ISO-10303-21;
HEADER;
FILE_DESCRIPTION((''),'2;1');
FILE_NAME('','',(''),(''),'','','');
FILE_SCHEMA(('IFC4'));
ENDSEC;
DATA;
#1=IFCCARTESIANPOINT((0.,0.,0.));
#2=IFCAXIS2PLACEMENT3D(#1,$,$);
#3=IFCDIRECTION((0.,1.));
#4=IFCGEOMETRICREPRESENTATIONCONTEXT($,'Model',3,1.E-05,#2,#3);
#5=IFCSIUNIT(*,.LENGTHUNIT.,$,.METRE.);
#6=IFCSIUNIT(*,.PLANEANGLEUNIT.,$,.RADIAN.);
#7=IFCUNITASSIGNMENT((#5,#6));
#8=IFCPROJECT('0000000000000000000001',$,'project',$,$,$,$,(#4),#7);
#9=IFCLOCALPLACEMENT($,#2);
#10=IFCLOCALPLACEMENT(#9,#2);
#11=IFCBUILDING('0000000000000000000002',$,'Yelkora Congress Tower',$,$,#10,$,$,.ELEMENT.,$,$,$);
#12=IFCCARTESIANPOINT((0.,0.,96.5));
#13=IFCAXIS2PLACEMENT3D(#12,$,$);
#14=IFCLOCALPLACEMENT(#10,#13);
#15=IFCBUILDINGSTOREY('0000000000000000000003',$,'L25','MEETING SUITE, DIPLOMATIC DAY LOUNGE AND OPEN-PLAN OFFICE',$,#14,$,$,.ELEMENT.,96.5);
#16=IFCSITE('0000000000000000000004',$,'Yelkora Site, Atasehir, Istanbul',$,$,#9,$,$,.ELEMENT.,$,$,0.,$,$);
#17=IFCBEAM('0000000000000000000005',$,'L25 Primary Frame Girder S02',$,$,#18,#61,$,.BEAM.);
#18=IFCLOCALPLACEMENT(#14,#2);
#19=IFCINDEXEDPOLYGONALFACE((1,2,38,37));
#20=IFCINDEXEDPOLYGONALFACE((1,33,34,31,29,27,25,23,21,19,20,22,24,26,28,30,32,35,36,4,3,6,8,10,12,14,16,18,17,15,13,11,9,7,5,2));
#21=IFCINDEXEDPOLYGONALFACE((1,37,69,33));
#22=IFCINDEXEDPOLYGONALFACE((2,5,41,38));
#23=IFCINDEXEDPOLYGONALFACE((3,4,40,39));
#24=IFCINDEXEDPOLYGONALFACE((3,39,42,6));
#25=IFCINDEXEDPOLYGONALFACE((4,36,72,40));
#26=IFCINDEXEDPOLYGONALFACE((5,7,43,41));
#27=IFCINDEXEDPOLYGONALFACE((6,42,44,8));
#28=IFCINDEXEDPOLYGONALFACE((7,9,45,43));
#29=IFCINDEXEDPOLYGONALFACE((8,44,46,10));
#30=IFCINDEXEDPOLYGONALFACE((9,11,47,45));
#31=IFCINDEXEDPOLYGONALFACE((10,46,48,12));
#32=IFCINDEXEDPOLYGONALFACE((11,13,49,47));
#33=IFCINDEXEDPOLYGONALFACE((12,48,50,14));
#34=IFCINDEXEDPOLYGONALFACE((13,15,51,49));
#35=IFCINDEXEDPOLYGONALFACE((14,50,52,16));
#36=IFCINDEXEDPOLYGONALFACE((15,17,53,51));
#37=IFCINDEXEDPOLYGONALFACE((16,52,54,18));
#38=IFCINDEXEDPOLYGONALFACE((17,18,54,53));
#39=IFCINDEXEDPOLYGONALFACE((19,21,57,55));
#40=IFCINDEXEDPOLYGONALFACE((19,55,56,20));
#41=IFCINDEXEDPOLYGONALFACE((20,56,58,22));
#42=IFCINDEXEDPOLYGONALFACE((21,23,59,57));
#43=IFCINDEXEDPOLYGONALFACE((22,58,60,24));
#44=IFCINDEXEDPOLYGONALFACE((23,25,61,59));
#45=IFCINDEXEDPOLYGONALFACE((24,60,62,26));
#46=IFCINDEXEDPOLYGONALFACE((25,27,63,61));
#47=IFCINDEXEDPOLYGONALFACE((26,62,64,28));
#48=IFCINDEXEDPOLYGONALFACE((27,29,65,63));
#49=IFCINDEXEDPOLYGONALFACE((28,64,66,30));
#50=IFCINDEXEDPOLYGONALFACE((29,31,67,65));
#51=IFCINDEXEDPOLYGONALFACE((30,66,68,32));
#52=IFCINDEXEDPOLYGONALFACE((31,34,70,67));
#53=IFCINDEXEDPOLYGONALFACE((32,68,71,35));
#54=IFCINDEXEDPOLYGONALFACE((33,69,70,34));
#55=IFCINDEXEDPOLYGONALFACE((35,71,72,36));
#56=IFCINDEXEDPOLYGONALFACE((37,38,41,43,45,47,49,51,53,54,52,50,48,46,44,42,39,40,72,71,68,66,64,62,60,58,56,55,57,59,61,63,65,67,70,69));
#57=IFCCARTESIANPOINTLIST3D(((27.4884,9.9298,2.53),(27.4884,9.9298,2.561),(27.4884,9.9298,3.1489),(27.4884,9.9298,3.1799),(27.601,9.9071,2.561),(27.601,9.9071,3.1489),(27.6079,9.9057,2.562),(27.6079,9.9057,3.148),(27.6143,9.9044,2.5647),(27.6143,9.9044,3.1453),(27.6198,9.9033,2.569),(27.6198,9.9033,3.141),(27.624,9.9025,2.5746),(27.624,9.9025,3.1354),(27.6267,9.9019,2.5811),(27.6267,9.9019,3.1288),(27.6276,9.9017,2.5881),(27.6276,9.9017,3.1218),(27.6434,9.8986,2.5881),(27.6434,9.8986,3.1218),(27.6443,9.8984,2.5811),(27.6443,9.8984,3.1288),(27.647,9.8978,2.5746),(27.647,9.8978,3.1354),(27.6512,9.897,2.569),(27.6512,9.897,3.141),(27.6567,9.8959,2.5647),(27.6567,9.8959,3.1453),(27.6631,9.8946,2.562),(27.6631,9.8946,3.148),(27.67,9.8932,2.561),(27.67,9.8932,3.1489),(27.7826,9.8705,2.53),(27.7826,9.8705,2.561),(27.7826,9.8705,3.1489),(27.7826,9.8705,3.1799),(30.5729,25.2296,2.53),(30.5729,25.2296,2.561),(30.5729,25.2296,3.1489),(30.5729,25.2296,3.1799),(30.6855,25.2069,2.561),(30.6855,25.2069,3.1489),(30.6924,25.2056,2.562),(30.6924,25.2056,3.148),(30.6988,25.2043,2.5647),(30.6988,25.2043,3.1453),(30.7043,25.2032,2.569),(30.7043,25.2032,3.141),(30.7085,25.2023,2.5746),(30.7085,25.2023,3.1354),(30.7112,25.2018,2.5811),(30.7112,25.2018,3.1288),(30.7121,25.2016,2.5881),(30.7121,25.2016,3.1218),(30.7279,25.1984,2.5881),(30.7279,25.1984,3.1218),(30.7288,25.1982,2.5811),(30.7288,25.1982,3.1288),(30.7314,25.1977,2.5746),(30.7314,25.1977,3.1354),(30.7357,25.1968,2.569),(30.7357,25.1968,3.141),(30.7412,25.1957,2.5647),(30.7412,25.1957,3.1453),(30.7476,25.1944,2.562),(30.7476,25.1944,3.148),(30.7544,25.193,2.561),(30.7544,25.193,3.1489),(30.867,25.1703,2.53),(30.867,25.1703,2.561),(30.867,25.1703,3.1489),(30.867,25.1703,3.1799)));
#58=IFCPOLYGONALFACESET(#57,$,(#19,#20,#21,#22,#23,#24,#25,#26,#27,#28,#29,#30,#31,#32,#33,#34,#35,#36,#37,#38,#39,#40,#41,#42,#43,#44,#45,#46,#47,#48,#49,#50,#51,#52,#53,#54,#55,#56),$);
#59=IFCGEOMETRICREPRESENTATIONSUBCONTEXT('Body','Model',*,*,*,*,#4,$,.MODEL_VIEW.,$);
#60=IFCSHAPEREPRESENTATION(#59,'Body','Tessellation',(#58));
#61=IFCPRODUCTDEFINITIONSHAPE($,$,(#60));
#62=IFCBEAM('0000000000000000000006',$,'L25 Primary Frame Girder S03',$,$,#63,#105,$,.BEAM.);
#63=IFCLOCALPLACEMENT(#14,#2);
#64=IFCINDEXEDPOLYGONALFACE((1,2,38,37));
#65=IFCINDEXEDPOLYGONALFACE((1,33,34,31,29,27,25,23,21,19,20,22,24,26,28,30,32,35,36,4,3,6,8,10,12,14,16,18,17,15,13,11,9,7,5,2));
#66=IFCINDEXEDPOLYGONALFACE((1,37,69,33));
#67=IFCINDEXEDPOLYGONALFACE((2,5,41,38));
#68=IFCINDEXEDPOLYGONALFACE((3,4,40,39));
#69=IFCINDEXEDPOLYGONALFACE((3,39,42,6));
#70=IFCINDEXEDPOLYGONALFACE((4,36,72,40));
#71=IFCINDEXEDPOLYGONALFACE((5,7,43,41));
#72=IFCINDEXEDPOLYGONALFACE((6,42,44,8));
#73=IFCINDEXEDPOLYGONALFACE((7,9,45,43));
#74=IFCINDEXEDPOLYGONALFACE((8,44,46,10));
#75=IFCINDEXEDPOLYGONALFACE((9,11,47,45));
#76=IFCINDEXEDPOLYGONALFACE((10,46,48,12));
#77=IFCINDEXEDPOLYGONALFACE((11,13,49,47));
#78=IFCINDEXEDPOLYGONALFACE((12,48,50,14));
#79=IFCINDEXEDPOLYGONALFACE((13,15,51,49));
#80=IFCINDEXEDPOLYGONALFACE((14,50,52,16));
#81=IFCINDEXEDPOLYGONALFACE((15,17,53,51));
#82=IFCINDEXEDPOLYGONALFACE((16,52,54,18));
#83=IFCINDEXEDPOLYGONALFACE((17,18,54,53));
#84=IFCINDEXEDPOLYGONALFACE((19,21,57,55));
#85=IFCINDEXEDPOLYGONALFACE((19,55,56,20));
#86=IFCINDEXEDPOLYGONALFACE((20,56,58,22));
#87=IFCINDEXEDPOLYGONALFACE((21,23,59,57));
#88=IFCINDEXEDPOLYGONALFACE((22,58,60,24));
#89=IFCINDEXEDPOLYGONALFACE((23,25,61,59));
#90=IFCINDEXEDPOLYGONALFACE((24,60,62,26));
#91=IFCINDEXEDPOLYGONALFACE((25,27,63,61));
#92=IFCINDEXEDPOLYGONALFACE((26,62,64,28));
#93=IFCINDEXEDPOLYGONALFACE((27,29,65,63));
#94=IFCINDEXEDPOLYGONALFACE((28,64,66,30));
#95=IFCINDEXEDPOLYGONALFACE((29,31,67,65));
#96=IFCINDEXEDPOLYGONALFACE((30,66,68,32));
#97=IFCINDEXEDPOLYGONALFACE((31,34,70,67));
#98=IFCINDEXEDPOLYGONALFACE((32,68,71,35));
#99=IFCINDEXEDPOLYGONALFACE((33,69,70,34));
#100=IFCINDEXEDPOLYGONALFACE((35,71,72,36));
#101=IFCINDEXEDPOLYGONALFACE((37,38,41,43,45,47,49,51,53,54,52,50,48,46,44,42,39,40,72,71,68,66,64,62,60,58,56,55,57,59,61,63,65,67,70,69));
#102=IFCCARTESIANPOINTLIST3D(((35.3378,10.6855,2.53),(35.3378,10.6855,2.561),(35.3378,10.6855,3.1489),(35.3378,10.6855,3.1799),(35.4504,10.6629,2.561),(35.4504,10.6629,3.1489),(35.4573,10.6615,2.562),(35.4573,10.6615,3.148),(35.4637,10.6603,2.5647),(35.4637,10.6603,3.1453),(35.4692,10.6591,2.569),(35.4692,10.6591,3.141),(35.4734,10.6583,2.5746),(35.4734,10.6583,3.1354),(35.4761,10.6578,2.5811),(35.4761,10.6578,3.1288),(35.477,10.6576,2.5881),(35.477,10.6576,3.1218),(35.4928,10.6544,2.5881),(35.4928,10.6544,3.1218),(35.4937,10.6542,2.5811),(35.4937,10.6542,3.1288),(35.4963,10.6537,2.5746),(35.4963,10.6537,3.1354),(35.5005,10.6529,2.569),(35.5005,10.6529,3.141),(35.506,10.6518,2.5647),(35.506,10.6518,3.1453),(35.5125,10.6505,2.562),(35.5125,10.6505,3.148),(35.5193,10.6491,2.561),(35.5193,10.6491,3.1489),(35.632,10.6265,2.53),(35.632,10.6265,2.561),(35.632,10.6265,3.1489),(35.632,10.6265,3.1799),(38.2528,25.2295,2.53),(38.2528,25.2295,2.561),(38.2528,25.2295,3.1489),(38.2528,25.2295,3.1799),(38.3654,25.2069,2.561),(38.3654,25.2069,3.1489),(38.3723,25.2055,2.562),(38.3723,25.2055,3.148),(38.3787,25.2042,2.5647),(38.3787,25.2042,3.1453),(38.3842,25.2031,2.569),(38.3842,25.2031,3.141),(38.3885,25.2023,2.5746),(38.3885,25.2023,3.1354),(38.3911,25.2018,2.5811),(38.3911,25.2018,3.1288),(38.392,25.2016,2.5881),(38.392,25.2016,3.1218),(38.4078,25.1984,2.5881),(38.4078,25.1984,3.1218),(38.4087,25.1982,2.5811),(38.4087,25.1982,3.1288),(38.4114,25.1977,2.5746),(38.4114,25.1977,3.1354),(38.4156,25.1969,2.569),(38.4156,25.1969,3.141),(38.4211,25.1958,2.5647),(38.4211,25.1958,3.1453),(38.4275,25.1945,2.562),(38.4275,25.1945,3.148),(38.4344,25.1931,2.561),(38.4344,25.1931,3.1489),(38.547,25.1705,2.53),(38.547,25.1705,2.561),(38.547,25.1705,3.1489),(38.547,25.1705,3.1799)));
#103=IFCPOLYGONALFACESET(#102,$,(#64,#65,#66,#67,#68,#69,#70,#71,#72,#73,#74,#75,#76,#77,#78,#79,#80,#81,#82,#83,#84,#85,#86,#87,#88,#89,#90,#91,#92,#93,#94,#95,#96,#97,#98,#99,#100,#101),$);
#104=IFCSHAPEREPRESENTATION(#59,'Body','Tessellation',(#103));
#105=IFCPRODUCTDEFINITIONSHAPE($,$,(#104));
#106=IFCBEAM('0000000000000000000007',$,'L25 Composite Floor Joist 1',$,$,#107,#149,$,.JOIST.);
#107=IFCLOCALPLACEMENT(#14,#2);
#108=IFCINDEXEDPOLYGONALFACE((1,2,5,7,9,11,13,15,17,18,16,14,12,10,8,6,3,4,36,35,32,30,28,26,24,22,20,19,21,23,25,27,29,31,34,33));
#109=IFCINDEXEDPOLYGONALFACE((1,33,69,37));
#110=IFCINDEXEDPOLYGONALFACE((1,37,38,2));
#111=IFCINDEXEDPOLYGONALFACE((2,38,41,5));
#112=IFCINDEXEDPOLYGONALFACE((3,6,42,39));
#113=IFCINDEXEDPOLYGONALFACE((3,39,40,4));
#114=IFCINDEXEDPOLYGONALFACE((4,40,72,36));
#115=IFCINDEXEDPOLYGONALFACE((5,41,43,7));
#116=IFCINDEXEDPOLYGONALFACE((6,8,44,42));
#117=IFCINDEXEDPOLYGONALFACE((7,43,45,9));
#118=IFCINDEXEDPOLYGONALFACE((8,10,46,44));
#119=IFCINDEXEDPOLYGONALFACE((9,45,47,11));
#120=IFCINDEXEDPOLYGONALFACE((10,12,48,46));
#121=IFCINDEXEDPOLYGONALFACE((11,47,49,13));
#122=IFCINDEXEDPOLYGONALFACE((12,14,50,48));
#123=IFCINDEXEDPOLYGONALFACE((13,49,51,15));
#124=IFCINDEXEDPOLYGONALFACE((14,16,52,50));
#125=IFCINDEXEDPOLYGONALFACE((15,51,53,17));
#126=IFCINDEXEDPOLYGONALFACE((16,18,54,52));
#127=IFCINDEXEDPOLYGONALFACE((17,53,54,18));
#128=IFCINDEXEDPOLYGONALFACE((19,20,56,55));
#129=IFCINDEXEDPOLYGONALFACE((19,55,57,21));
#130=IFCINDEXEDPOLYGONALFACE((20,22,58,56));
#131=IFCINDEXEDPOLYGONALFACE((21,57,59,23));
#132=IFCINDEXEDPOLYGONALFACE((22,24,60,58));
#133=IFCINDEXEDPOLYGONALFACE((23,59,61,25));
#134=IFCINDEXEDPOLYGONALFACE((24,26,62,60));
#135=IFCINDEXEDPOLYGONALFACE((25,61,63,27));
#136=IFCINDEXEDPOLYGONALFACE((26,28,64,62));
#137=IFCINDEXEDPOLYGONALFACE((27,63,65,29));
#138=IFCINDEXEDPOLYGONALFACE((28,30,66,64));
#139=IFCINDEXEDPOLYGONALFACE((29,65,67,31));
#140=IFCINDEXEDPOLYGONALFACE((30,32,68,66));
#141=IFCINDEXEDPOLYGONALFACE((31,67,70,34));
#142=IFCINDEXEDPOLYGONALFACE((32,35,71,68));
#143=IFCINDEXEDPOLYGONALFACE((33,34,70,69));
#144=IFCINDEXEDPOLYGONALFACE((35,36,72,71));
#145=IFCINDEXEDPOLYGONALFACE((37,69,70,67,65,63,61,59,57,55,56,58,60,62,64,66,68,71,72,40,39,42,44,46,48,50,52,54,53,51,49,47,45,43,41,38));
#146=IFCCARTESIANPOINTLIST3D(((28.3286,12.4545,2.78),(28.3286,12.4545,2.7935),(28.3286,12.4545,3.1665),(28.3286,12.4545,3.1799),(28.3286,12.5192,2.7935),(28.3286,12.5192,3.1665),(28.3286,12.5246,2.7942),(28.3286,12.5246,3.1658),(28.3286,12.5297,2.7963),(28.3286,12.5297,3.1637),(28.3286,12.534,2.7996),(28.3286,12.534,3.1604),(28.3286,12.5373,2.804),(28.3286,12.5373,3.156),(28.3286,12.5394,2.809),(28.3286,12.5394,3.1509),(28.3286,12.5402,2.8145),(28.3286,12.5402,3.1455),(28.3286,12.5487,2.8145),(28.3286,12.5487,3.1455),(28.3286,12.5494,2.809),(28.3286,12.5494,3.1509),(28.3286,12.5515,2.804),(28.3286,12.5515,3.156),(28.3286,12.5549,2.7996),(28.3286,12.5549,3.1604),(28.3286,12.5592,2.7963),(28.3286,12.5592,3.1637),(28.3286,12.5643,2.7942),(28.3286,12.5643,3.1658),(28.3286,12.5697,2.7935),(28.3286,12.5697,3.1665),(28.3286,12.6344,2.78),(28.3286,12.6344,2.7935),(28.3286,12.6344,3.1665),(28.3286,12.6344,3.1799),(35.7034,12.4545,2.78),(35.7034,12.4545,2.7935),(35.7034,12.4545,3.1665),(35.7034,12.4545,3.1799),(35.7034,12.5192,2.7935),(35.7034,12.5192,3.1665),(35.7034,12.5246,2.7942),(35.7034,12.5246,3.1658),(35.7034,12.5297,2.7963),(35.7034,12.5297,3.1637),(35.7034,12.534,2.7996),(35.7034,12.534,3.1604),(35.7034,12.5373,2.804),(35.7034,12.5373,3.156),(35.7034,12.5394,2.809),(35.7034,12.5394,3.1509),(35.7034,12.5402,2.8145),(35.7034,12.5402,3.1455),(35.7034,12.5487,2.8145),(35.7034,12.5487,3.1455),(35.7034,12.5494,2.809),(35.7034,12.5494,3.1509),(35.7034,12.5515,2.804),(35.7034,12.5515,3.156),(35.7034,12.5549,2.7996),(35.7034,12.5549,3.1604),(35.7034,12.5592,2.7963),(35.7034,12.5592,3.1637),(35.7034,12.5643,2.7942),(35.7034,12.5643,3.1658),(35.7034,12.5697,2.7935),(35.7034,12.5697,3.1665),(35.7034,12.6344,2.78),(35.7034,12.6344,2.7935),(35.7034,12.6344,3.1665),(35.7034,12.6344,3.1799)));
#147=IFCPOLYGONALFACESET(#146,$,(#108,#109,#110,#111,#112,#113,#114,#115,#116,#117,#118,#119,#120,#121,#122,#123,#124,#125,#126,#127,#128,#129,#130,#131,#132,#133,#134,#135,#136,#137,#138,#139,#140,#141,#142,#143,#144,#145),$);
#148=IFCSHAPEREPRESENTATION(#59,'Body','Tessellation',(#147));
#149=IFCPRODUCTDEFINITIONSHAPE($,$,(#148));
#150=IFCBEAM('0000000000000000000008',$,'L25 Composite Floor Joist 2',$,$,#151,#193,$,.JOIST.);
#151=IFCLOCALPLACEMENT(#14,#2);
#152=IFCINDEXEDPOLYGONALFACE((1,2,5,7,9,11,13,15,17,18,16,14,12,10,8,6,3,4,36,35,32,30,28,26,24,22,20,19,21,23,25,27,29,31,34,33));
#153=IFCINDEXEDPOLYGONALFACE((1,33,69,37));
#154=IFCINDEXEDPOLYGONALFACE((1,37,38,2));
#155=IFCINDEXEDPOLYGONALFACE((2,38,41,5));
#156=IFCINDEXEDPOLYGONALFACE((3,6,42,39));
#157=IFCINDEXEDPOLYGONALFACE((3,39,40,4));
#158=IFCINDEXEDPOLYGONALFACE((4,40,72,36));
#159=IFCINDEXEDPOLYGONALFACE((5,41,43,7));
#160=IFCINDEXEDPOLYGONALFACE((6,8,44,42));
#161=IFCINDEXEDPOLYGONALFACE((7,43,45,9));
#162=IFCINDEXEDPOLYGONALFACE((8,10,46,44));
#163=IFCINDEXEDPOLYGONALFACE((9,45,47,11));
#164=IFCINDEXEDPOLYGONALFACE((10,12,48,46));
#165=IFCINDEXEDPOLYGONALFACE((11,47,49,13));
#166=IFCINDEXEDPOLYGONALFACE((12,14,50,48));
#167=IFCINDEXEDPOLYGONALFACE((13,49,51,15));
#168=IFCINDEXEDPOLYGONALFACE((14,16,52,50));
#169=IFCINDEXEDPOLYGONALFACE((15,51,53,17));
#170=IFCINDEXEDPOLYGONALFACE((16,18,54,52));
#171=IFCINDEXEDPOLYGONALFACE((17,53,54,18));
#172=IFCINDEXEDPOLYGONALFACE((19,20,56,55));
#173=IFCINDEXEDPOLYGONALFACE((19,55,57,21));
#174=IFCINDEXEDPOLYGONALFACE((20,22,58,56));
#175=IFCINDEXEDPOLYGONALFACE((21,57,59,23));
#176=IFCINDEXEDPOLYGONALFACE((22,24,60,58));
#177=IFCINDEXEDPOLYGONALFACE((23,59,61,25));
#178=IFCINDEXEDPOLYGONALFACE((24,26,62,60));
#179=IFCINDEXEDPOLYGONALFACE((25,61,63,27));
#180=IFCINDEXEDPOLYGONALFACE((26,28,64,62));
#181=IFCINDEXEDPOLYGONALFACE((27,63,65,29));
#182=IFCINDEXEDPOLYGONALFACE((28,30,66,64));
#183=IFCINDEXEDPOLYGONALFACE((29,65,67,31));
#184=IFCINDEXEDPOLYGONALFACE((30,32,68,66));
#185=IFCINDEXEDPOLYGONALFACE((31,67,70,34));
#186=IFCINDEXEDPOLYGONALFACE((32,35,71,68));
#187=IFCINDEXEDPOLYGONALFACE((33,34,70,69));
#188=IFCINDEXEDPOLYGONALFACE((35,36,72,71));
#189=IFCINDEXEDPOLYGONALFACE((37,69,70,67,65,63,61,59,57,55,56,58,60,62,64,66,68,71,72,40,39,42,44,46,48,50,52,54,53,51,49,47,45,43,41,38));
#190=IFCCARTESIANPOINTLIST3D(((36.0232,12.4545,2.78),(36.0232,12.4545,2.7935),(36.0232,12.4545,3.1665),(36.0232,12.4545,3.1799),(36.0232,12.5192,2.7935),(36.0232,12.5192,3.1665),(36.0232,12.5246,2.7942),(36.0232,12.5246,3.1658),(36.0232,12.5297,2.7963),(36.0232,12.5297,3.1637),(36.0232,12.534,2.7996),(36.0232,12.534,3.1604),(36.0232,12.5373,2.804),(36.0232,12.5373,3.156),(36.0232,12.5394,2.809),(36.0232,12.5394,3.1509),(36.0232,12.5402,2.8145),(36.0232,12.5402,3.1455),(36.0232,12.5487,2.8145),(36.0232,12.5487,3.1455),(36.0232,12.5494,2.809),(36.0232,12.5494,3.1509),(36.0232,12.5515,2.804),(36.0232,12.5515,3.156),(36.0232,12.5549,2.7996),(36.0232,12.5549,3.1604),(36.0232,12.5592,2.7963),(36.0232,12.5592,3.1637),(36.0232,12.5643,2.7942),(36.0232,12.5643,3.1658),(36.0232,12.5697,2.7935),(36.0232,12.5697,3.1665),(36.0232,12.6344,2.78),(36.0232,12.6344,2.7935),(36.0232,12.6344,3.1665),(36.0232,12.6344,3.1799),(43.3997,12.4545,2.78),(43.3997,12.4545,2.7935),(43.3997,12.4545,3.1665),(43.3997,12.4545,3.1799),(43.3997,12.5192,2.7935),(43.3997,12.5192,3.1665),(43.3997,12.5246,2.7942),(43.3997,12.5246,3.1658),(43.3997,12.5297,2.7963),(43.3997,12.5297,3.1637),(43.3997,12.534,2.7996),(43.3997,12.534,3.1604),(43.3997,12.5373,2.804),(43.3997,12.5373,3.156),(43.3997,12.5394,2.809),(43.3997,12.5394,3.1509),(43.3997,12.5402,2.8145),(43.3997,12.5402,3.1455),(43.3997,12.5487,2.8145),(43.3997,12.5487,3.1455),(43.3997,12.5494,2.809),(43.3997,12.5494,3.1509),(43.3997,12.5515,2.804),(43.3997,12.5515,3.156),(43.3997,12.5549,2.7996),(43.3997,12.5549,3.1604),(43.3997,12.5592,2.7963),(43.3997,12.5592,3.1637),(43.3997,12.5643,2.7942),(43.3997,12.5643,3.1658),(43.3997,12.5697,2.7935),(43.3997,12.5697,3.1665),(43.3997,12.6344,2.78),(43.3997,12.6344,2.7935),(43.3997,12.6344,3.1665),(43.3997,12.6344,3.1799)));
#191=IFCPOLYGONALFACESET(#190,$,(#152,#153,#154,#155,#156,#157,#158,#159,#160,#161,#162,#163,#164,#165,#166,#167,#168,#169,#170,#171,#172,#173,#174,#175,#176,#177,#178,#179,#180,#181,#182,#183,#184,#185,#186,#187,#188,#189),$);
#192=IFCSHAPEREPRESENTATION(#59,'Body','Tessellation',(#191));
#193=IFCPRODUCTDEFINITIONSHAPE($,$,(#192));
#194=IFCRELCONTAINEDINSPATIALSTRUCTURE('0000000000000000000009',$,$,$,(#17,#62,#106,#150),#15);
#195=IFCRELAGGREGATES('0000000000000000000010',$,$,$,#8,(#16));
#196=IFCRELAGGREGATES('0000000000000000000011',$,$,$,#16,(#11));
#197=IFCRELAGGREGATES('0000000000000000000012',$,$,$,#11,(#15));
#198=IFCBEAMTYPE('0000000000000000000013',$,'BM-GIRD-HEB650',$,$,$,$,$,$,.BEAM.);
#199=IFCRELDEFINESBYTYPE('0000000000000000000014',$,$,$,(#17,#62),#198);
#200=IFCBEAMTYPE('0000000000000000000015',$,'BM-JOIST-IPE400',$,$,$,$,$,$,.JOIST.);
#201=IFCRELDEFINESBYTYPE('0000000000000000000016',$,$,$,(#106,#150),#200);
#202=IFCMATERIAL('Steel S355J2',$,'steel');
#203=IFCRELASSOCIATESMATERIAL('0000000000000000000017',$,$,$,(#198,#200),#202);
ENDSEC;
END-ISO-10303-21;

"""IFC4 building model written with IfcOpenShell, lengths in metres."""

from ifc_helpers import new_model, si_unit, direction, frame, origin, origin_2d, place, context, subcontext, project, spatial, i_section, extrude, material, material_profile, profile_set, type_object, element, save


model = new_model("IFC4")

# Units and contexts
model_context = context("Model", 3, precision=1e-05, world=origin(), true_north=direction((0.0, 1.0)))
body_context = subcontext(model_context, "Body", "Model", "MODEL_VIEW")
ifc_project = project(units=[si_unit("LENGTHUNIT", "METRE"), si_unit("PLANEANGLEUNIT", "RADIAN")], contexts=[model_context])

# Site, building, storey
site_placement = place(None, origin())
site = spatial("IfcSite", under=ifc_project, at=site_placement, Name="Yelkora Site, Atasehir, Istanbul", CompositionType="ELEMENT", RefElevation=0.0)
building_placement = place(site_placement, origin())
building = spatial("IfcBuilding", under=site, at=building_placement, Name="Yelkora Congress Tower", CompositionType="ELEMENT")
storey_placement = place(building_placement, frame((0.0, 0.0, 96.5)))
storey = spatial("IfcBuildingStorey", under=building, at=storey_placement, Name="L25", Description="MEETING SUITE, DIPLOMATIC DAY LOUNGE AND OPEN-PLAN OFFICE", CompositionType="ELEMENT", Elevation=96.5)

# Beams
ifc_material_1 = material(Name="Steel S355J2", Category="steel")
ifc_material_profile_1 = material_profile(ifc_material_1, i_section(OverallWidth=0.3, OverallDepth=0.6499, WebThickness=0.0161, FlangeThickness=0.031, FilletRadius=0.0271, at=origin_2d()), Name="HEB 650")
ifc_profile_set_1 = profile_set([ifc_material_profile_1], Name="Steel S355J2")
beam_type_1 = type_object("IfcBeamType", Name="BM-GIRD-HEB650", PredefinedType="BEAM", material=ifc_profile_set_1)
beam_1_placement = place(storey_placement, frame((27.6355, 9.9001, 2.855), z_axis=(0.197626, 0.980277, 0.0), x_axis=(-0.980277, 0.197626, 0.0)))
element("IfcBeam", 1, at=beam_1_placement, inside=storey, type_object=beam_type_1, Name="L25 Primary Frame Girder S02", PredefinedType="BEAM", context=body_context, shape_type="SweptSolid", body=[
    extrude(i_section(OverallWidth=0.3, OverallDepth=0.6499, WebThickness=0.0161, FlangeThickness=0.031, FilletRadius=0.0271, at=origin_2d()), origin(), (0.0, 0.0, 1.0), 15.6077),
])
beam_2_placement = place(storey_placement, frame((35.4849, 10.656, 2.855), z_axis=(0.196521, 0.9805, 0.0), x_axis=(-0.9805, 0.196521, 0.0)))
element("IfcBeam", 2, at=beam_2_placement, inside=storey, type_object=beam_type_1, Name="L25 Primary Frame Girder S03", PredefinedType="BEAM", context=body_context, shape_type="SweptSolid", body=[
    extrude(i_section(OverallWidth=0.3, OverallDepth=0.6499, WebThickness=0.0161, FlangeThickness=0.031, FilletRadius=0.0271, at=origin_2d()), origin(), (0.0, 0.0, 1.0), 14.8333),
])
ifc_material_profile_2 = material_profile(ifc_material_1, i_section(OverallWidth=0.1799, OverallDepth=0.3999, WebThickness=0.0085, FlangeThickness=0.0134, FilletRadius=0.021, at=origin_2d()), Name="IPE 400")
ifc_profile_set_2 = profile_set([ifc_material_profile_2], Name="Steel S355J2")
beam_type_2 = type_object("IfcBeamType", Name="BM-JOIST-IPE400", PredefinedType="JOIST", material=ifc_profile_set_2)
beam_3_placement = place(storey_placement, frame((28.3286, 12.5444, 2.98), z_axis=(1.0, 0.0, 0.0), x_axis=(0.0, 1.0, 0.0)))
element("IfcBeam", 3, at=beam_3_placement, inside=storey, type_object=beam_type_2, Name="L25 Composite Floor Joist 1", PredefinedType="JOIST", context=body_context, shape_type="SweptSolid", body=[
    extrude(i_section(OverallWidth=0.1799, OverallDepth=0.3999, WebThickness=0.0085, FlangeThickness=0.0134, FilletRadius=0.021, at=origin_2d()), origin(), (0.0, 0.0, 1.0), 7.3748),
])
beam_4_placement = place(storey_placement, frame((36.0232, 12.5444, 2.98), z_axis=(1.0, 0.0, 0.0), x_axis=(0.0, 1.0, 0.0)))
element("IfcBeam", 4, at=beam_4_placement, inside=storey, type_object=beam_type_2, Name="L25 Composite Floor Joist 2", PredefinedType="JOIST", context=body_context, shape_type="SweptSolid", body=[
    extrude(i_section(OverallWidth=0.1799, OverallDepth=0.3999, WebThickness=0.0085, FlangeThickness=0.0134, FilletRadius=0.021, at=origin_2d()), origin(), (0.0, 0.0, 1.0), 7.3765),
])

save(model, "model.ifc")
